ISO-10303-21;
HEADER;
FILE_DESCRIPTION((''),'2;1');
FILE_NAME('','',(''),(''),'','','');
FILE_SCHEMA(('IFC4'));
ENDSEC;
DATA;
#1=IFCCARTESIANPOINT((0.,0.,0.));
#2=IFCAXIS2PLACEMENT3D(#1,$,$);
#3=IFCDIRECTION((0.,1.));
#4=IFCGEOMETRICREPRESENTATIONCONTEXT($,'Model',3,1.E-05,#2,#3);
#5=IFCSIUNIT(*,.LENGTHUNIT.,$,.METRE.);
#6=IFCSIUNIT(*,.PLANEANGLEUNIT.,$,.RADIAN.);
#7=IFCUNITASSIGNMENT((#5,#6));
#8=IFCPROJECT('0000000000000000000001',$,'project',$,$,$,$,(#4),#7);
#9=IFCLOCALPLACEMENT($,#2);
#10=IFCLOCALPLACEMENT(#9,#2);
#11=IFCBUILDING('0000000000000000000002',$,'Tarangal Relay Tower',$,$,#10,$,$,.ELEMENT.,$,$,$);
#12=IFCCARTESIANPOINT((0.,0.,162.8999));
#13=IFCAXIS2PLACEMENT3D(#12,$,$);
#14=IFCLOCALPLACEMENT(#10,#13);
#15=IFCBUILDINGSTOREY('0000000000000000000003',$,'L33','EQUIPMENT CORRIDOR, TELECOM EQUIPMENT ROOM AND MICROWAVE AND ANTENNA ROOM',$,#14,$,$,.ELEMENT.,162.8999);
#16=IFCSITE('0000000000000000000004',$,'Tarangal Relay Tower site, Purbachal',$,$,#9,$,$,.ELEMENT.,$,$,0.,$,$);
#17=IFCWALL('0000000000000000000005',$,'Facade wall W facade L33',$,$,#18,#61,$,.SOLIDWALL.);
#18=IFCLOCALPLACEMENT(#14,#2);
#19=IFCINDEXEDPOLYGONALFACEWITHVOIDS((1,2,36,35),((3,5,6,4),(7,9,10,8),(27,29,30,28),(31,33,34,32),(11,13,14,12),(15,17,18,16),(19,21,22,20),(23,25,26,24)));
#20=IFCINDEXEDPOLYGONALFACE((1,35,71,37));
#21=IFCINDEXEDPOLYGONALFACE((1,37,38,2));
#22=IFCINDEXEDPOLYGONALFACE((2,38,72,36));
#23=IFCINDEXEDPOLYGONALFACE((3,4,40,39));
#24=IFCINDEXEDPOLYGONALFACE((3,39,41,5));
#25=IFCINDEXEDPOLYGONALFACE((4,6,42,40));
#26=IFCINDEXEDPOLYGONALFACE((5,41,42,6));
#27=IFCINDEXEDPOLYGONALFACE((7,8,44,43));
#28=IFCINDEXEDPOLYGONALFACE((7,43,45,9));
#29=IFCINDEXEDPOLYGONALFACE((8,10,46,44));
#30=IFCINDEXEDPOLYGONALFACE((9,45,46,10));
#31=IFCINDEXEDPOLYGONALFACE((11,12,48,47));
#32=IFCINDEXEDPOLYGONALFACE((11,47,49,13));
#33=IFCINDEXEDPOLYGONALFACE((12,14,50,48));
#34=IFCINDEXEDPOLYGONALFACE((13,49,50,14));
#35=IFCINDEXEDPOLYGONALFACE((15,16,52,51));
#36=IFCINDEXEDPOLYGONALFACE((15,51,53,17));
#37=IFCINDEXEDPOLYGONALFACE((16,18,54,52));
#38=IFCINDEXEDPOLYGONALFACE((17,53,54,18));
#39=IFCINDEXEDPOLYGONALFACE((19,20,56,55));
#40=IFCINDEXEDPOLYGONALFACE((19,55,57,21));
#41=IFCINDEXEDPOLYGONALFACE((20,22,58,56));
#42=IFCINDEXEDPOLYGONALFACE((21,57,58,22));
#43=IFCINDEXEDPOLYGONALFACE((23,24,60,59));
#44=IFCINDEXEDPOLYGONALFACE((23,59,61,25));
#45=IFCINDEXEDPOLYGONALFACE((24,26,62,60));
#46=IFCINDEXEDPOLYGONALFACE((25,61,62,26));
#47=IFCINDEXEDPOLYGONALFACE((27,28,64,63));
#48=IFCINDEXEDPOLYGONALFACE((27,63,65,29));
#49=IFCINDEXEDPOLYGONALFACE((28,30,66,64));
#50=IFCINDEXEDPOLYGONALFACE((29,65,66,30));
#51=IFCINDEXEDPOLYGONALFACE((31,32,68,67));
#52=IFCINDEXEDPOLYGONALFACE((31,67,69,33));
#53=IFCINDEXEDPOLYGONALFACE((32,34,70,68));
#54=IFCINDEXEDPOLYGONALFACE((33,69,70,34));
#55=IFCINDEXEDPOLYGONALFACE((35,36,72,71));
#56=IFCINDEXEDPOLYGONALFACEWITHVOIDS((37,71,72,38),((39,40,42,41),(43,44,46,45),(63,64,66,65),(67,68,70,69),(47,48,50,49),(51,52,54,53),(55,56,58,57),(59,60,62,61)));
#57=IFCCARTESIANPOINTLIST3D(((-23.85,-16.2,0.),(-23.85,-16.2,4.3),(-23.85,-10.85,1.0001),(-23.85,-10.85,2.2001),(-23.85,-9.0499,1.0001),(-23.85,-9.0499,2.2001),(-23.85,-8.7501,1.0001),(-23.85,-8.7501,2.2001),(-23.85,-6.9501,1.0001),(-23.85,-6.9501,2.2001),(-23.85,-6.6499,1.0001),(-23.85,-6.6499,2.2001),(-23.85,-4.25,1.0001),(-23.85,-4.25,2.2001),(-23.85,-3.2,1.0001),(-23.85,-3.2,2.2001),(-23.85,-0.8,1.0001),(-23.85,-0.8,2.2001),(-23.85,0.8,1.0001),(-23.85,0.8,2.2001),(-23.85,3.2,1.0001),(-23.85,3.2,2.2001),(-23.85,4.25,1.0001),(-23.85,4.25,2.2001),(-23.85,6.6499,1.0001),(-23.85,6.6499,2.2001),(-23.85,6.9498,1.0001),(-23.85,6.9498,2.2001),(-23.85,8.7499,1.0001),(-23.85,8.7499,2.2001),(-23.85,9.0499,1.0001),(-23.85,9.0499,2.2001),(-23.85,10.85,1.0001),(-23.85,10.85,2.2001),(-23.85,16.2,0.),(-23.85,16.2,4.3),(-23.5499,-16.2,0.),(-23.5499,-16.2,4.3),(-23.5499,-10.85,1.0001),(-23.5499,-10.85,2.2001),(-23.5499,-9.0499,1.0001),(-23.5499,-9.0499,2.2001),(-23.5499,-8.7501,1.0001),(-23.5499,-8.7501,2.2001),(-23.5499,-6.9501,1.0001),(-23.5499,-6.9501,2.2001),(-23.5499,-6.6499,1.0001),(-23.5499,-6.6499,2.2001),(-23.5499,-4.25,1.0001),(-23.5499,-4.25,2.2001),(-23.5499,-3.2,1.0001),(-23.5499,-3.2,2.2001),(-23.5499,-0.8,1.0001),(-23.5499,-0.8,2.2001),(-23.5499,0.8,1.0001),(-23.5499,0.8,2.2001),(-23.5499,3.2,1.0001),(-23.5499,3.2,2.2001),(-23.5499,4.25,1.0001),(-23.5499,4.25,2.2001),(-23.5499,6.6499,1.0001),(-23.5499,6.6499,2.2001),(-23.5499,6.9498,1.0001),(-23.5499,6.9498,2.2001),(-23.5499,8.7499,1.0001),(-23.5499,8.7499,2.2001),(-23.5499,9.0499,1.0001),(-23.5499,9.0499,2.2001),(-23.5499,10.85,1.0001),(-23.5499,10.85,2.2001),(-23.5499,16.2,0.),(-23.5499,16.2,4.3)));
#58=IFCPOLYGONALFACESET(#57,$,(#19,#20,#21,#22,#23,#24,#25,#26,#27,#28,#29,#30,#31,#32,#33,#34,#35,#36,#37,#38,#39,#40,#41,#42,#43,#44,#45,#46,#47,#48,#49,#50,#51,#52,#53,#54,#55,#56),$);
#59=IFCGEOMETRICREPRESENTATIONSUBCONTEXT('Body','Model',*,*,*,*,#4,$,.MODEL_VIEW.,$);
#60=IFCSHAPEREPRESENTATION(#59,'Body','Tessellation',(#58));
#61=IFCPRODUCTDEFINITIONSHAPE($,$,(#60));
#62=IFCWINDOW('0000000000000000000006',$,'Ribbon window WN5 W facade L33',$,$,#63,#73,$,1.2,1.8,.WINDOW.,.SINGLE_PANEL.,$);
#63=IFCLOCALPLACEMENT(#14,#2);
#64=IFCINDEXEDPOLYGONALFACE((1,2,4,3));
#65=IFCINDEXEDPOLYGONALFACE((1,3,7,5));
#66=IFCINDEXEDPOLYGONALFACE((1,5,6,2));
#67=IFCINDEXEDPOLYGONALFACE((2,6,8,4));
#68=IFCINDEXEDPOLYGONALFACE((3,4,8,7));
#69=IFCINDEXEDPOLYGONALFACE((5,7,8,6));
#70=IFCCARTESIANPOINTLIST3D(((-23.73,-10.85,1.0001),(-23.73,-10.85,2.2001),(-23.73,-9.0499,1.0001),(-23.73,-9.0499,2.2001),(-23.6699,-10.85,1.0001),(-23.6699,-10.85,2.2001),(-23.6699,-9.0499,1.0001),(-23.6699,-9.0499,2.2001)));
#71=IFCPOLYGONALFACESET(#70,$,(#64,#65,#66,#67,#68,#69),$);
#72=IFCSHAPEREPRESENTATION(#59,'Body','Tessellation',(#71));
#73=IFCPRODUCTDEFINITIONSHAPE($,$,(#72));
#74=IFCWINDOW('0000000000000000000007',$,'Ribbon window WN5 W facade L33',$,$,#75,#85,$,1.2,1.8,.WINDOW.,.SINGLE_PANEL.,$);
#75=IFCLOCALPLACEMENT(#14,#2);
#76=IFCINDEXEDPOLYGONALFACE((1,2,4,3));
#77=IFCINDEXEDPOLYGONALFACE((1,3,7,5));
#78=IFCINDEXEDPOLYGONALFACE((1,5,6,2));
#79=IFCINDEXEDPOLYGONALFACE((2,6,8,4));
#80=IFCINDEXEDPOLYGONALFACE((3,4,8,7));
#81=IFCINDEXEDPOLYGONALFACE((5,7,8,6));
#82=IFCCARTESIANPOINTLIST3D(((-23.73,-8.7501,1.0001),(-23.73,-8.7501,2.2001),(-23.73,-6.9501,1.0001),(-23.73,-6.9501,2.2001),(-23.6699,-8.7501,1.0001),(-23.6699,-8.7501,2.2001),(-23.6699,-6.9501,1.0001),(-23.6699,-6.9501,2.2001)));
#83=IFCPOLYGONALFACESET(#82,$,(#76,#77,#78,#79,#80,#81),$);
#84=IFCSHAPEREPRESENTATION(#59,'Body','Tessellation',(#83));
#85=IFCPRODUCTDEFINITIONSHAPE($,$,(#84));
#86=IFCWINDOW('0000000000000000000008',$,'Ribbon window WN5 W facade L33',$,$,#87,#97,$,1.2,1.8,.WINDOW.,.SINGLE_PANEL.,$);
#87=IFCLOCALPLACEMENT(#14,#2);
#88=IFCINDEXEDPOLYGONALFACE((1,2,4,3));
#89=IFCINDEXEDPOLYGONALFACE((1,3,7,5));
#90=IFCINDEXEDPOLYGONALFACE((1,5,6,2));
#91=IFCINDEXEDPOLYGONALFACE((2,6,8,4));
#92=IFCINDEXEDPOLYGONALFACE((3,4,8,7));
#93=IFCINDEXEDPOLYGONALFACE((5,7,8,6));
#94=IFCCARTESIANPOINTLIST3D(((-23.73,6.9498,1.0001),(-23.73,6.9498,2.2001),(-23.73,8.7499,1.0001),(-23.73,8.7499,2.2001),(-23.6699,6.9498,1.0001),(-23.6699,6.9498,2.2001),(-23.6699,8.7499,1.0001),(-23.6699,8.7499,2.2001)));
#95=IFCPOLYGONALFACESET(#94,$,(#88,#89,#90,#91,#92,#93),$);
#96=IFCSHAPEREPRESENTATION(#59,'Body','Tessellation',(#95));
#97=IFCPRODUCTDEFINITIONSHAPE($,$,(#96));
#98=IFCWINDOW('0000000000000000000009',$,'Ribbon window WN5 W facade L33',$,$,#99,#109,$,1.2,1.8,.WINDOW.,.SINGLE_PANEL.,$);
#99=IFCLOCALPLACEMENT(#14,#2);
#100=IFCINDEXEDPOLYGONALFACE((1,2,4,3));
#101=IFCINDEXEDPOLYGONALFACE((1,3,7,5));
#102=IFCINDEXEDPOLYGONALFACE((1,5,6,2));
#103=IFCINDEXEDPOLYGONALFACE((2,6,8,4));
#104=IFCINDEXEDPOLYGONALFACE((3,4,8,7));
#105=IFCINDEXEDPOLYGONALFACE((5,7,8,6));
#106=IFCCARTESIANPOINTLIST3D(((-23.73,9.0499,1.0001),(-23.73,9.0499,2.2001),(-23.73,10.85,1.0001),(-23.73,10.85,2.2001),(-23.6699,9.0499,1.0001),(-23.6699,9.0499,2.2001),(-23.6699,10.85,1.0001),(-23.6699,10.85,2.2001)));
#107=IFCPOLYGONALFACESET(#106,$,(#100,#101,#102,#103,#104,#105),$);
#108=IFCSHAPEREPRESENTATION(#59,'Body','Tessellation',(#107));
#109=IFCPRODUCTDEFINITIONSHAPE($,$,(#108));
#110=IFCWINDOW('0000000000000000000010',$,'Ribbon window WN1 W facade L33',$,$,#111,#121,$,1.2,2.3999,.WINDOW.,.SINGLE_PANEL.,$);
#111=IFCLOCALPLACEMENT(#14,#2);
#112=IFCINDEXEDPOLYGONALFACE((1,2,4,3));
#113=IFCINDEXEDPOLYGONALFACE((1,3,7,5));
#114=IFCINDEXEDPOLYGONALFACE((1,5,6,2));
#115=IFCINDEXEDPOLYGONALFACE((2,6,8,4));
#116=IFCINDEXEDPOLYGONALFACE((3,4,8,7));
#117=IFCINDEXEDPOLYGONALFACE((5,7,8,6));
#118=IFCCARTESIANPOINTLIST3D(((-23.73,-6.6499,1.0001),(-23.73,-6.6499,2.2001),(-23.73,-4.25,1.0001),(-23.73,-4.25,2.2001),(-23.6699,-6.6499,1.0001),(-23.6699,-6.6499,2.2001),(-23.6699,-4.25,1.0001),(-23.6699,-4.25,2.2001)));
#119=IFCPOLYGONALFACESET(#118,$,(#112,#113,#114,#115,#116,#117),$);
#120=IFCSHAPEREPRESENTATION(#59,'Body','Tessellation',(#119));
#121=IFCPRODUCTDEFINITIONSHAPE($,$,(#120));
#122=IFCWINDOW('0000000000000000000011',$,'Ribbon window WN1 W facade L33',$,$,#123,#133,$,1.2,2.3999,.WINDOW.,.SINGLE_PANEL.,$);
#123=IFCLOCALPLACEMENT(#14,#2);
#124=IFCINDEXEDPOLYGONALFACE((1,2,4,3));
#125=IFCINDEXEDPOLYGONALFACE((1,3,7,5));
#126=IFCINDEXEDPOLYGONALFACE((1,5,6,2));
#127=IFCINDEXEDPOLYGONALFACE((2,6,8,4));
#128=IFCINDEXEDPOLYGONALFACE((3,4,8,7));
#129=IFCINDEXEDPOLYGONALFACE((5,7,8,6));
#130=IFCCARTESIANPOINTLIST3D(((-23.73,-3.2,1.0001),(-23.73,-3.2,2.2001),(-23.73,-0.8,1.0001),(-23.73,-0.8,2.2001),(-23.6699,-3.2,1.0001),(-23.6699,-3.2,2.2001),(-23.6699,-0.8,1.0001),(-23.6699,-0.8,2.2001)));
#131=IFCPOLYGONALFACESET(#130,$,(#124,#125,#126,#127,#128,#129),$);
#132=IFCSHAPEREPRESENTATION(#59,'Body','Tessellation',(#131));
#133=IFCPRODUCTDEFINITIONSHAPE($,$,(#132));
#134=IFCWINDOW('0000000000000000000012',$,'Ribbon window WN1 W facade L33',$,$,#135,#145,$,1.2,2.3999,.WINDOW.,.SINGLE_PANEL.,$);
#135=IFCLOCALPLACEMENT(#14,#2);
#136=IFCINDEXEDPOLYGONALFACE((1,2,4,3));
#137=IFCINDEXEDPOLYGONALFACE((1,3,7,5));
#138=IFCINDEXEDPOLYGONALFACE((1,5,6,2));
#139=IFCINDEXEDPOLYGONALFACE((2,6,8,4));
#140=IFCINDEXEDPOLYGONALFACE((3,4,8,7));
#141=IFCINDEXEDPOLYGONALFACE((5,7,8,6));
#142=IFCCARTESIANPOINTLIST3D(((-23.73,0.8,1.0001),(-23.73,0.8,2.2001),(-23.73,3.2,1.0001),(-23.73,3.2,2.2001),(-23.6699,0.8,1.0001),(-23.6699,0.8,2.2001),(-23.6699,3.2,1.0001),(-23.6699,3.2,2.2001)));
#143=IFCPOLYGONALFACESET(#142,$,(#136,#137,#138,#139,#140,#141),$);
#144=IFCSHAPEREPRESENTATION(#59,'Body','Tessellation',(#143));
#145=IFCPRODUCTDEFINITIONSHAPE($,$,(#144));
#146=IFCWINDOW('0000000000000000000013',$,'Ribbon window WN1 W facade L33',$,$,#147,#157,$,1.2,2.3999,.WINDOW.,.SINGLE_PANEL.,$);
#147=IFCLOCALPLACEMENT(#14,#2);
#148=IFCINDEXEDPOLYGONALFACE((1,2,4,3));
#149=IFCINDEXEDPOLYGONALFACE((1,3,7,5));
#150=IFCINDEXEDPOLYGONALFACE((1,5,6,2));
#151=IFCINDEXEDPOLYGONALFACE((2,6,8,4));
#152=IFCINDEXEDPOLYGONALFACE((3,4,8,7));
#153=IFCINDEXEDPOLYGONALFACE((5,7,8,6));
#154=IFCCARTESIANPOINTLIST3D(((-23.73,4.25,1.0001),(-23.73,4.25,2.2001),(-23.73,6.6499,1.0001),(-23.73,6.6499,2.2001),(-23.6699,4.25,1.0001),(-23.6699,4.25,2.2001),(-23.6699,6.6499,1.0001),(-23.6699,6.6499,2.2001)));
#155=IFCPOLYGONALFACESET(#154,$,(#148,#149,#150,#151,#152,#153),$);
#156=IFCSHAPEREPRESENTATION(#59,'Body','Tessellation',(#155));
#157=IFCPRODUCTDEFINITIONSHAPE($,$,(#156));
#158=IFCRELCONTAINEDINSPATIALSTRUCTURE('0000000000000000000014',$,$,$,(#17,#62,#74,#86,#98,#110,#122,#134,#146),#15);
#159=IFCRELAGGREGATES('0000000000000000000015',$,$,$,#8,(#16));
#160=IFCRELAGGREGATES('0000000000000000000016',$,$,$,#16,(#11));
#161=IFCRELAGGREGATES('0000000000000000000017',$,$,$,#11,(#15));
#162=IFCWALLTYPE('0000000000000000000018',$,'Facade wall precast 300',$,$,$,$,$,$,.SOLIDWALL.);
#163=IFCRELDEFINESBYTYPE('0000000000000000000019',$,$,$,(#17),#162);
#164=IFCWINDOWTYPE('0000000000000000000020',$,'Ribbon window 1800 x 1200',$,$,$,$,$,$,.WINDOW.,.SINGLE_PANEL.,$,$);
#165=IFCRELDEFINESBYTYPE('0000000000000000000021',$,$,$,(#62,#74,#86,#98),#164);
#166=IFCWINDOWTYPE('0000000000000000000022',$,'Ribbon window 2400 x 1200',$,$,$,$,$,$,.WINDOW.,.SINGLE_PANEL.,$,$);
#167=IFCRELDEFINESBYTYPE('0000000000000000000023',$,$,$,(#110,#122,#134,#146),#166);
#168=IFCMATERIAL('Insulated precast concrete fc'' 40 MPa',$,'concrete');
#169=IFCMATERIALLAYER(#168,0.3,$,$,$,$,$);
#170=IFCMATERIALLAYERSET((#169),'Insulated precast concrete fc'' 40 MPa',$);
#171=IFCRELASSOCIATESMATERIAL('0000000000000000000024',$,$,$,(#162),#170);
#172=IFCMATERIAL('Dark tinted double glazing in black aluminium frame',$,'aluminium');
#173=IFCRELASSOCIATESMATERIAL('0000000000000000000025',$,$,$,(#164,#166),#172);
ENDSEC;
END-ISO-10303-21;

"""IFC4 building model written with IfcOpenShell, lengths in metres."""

from ifc_helpers import new_model, si_unit, direction, frame, frame_2d, origin, place, context, subcontext, project, spatial, rectangle, extrude, material, layer, layer_set, type_object, element, fill, save


model = new_model("IFC4")

# Units and contexts
model_context = context("Model", 3, precision=1e-05, world=origin(), true_north=direction((0.0, 1.0)))
body_context = subcontext(model_context, "Body", "Model", "MODEL_VIEW")
ifc_project = project(units=[si_unit("LENGTHUNIT", "METRE"), si_unit("PLANEANGLEUNIT", "RADIAN")], contexts=[model_context])

# Site, building, storey
site_placement = place(None, origin())
site = spatial("IfcSite", under=ifc_project, at=site_placement, Name="Tarangal Relay Tower site, Purbachal", CompositionType="ELEMENT", RefElevation=0.0)
building_placement = place(site_placement, origin())
building = spatial("IfcBuilding", under=site, at=building_placement, Name="Tarangal Relay Tower", CompositionType="ELEMENT")
storey_placement = place(building_placement, frame((0.0, 0.0, 162.8999)))
storey = spatial("IfcBuildingStorey", under=building, at=storey_placement, Name="L33", Description="EQUIPMENT CORRIDOR, TELECOM EQUIPMENT ROOM AND MICROWAVE AND ANTENNA ROOM", CompositionType="ELEMENT", Elevation=162.8999)

# Shared definitions
ifc_material_1 = material(Name="Insulated precast concrete fc' 40 MPa", Category="concrete")
ifc_layer = layer(ifc_material_1, 0.3)
ifc_layer_set = layer_set([ifc_layer], Name="Insulated precast concrete fc' 40 MPa")
wall_type = type_object("IfcWallType", Name="Facade wall precast 300", PredefinedType="SOLIDWALL", material=ifc_layer_set)

# Wall, openings, windows
wall_placement = place(storey_placement, frame((-23.7, -16.2, 0.0), z_axis=(0.0, 0.0, 1.0), x_axis=(0.0, 1.0, 0.0)))
wall = element("IfcWall", 1, at=wall_placement, inside=storey, type_object=wall_type, Name="Facade wall W facade L33", PredefinedType="SOLIDWALL", context=body_context, shape_type="SweptSolid", body=[
    extrude(rectangle(XDim=32.3999, YDim=0.3, at=frame_2d((16.2, 0.0))), origin(), (0.0, 0.0, 1.0), 4.3),
])
opening_1_placement = place(wall_placement, frame((5.3501, 0.0, 1.0)))
opening_1 = element("IfcOpeningElement", 2, at=opening_1_placement, cuts=wall, PredefinedType="OPENING", context=body_context, shape_type="SweptSolid", body=[
    extrude(rectangle(XDim=1.8, YDim=1.2, at=frame_2d((0.8999, 0.6001))), frame((0.0, 0.1599, 0.0), z_axis=(0.0, -1.0, 0.0), x_axis=(1.0, 0.0, 0.0)), (0.0, 0.0, 1.0), 0.3201),
])
opening_2_placement = place(wall_placement, frame((7.45, 0.0, 1.0)))
opening_2 = element("IfcOpeningElement", 3, at=opening_2_placement, cuts=wall, PredefinedType="OPENING", context=body_context, shape_type="SweptSolid", body=[
    extrude(rectangle(XDim=1.8, YDim=1.2, at=frame_2d((0.8999, 0.6001))), frame((0.0, 0.1599, 0.0), z_axis=(0.0, -1.0, 0.0), x_axis=(1.0, 0.0, 0.0)), (0.0, 0.0, 1.0), 0.3201),
])
opening_3_placement = place(wall_placement, frame((9.55, 0.0, 1.0)))
opening_3 = element("IfcOpeningElement", 4, at=opening_3_placement, cuts=wall, PredefinedType="OPENING", context=body_context, shape_type="SweptSolid", body=[
    extrude(rectangle(XDim=2.3999, YDim=1.2, at=frame_2d((1.2, 0.6001))), frame((0.0, 0.1599, 0.0), z_axis=(0.0, -1.0, 0.0), x_axis=(1.0, 0.0, 0.0)), (0.0, 0.0, 1.0), 0.3201),
])
opening_4_placement = place(wall_placement, frame((13.0, 0.0, 1.0)))
opening_4 = element("IfcOpeningElement", 5, at=opening_4_placement, cuts=wall, PredefinedType="OPENING", context=body_context, shape_type="SweptSolid", body=[
    extrude(rectangle(XDim=2.3999, YDim=1.2, at=frame_2d((1.2, 0.6001))), frame((0.0, 0.1599, 0.0), z_axis=(0.0, -1.0, 0.0), x_axis=(1.0, 0.0, 0.0)), (0.0, 0.0, 1.0), 0.3201),
])
opening_5_placement = place(wall_placement, frame((17.0, 0.0, 1.0)))
opening_5 = element("IfcOpeningElement", 6, at=opening_5_placement, cuts=wall, PredefinedType="OPENING", context=body_context, shape_type="SweptSolid", body=[
    extrude(rectangle(XDim=2.3999, YDim=1.2, at=frame_2d((1.2, 0.6001))), frame((0.0, 0.1599, 0.0), z_axis=(0.0, -1.0, 0.0), x_axis=(1.0, 0.0, 0.0)), (0.0, 0.0, 1.0), 0.3201),
])
opening_6_placement = place(wall_placement, frame((20.45, 0.0, 1.0)))
opening_6 = element("IfcOpeningElement", 7, at=opening_6_placement, cuts=wall, PredefinedType="OPENING", context=body_context, shape_type="SweptSolid", body=[
    extrude(rectangle(XDim=2.3999, YDim=1.2, at=frame_2d((1.2, 0.6001))), frame((0.0, 0.1599, 0.0), z_axis=(0.0, -1.0, 0.0), x_axis=(1.0, 0.0, 0.0)), (0.0, 0.0, 1.0), 0.3201),
])
opening_7_placement = place(wall_placement, frame((23.1499, 0.0, 1.0)))
opening_7 = element("IfcOpeningElement", 8, at=opening_7_placement, cuts=wall, PredefinedType="OPENING", context=body_context, shape_type="SweptSolid", body=[
    extrude(rectangle(XDim=1.8, YDim=1.2, at=frame_2d((0.8999, 0.6001))), frame((0.0, 0.1599, 0.0), z_axis=(0.0, -1.0, 0.0), x_axis=(1.0, 0.0, 0.0)), (0.0, 0.0, 1.0), 0.3201),
])
opening_8_placement = place(wall_placement, frame((25.25, 0.0, 1.0)))
opening_8 = element("IfcOpeningElement", 9, at=opening_8_placement, cuts=wall, PredefinedType="OPENING", context=body_context, shape_type="SweptSolid", body=[
    extrude(rectangle(XDim=1.8, YDim=1.2, at=frame_2d((0.8999, 0.6001))), frame((0.0, 0.1599, 0.0), z_axis=(0.0, -1.0, 0.0), x_axis=(1.0, 0.0, 0.0)), (0.0, 0.0, 1.0), 0.3201),
])
ifc_material_2 = material(Name="Dark tinted double glazing in black aluminium frame", Category="aluminium")
window_type_1 = type_object("IfcWindowType", Name="Ribbon window 1800 x 1200", PartitioningType="SINGLE_PANEL", PredefinedType="WINDOW", material=ifc_material_2)
window_1_placement = place(opening_1_placement, origin())
window_1 = element("IfcWindow", 10, at=window_1_placement, inside=storey, type_object=window_type_1, Name="Ribbon window WN5 W facade L33", OverallHeight=1.2, OverallWidth=1.8, PartitioningType="SINGLE_PANEL", PredefinedType="WINDOW", context=body_context, shape_type="SweptSolid", body=[
    extrude(rectangle(XDim=1.8, YDim=1.2, at=frame_2d((0.8999, 0.6001))), frame((0.0, 0.03, 0.0), z_axis=(0.0, -1.0, 0.0), x_axis=(1.0, 0.0, 0.0)), (0.0, 0.0, 1.0), 0.0601),
])
fill(opening_1, window_1)
window_2_placement = place(opening_2_placement, origin())
window_2 = element("IfcWindow", 11, at=window_2_placement, inside=storey, type_object=window_type_1, Name="Ribbon window WN5 W facade L33", OverallHeight=1.2, OverallWidth=1.8, PartitioningType="SINGLE_PANEL", PredefinedType="WINDOW", context=body_context, shape_type="SweptSolid", body=[
    extrude(rectangle(XDim=1.8, YDim=1.2, at=frame_2d((0.8999, 0.6001))), frame((0.0, 0.03, 0.0), z_axis=(0.0, -1.0, 0.0), x_axis=(1.0, 0.0, 0.0)), (0.0, 0.0, 1.0), 0.0601),
])
fill(opening_2, window_2)
window_3_placement = place(opening_7_placement, origin())
window_3 = element("IfcWindow", 12, at=window_3_placement, inside=storey, type_object=window_type_1, Name="Ribbon window WN5 W facade L33", OverallHeight=1.2, OverallWidth=1.8, PartitioningType="SINGLE_PANEL", PredefinedType="WINDOW", context=body_context, shape_type="SweptSolid", body=[
    extrude(rectangle(XDim=1.8, YDim=1.2, at=frame_2d((0.8999, 0.6001))), frame((0.0, 0.03, 0.0), z_axis=(0.0, -1.0, 0.0), x_axis=(1.0, 0.0, 0.0)), (0.0, 0.0, 1.0), 0.0601),
])
fill(opening_7, window_3)
window_4_placement = place(opening_8_placement, origin())
window_4 = element("IfcWindow", 13, at=window_4_placement, inside=storey, type_object=window_type_1, Name="Ribbon window WN5 W facade L33", OverallHeight=1.2, OverallWidth=1.8, PartitioningType="SINGLE_PANEL", PredefinedType="WINDOW", context=body_context, shape_type="SweptSolid", body=[
    extrude(rectangle(XDim=1.8, YDim=1.2, at=frame_2d((0.8999, 0.6001))), frame((0.0, 0.03, 0.0), z_axis=(0.0, -1.0, 0.0), x_axis=(1.0, 0.0, 0.0)), (0.0, 0.0, 1.0), 0.0601),
])
fill(opening_8, window_4)
window_type_2 = type_object("IfcWindowType", Name="Ribbon window 2400 x 1200", PartitioningType="SINGLE_PANEL", PredefinedType="WINDOW", material=ifc_material_2)
window_5_placement = place(opening_3_placement, origin())
window_5 = element("IfcWindow", 14, at=window_5_placement, inside=storey, type_object=window_type_2, Name="Ribbon window WN1 W facade L33", OverallHeight=1.2, OverallWidth=2.3999, PartitioningType="SINGLE_PANEL", PredefinedType="WINDOW", context=body_context, shape_type="SweptSolid", body=[
    extrude(rectangle(XDim=2.3999, YDim=1.2, at=frame_2d((1.2, 0.6001))), frame((0.0, 0.03, 0.0), z_axis=(0.0, -1.0, 0.0), x_axis=(1.0, 0.0, 0.0)), (0.0, 0.0, 1.0), 0.0601),
])
fill(opening_3, window_5)
window_6_placement = place(opening_4_placement, origin())
window_6 = element("IfcWindow", 15, at=window_6_placement, inside=storey, type_object=window_type_2, Name="Ribbon window WN1 W facade L33", OverallHeight=1.2, OverallWidth=2.3999, PartitioningType="SINGLE_PANEL", PredefinedType="WINDOW", context=body_context, shape_type="SweptSolid", body=[
    extrude(rectangle(XDim=2.3999, YDim=1.2, at=frame_2d((1.2, 0.6001))), frame((0.0, 0.03, 0.0), z_axis=(0.0, -1.0, 0.0), x_axis=(1.0, 0.0, 0.0)), (0.0, 0.0, 1.0), 0.0601),
])
fill(opening_4, window_6)
window_7_placement = place(opening_5_placement, origin())
window_7 = element("IfcWindow", 16, at=window_7_placement, inside=storey, type_object=window_type_2, Name="Ribbon window WN1 W facade L33", OverallHeight=1.2, OverallWidth=2.3999, PartitioningType="SINGLE_PANEL", PredefinedType="WINDOW", context=body_context, shape_type="SweptSolid", body=[
    extrude(rectangle(XDim=2.3999, YDim=1.2, at=frame_2d((1.2, 0.6001))), frame((0.0, 0.03, 0.0), z_axis=(0.0, -1.0, 0.0), x_axis=(1.0, 0.0, 0.0)), (0.0, 0.0, 1.0), 0.0601),
])
fill(opening_5, window_7)
window_8_placement = place(opening_6_placement, origin())
window_8 = element("IfcWindow", 17, at=window_8_placement, inside=storey, type_object=window_type_2, Name="Ribbon window WN1 W facade L33", OverallHeight=1.2, OverallWidth=2.3999, PartitioningType="SINGLE_PANEL", PredefinedType="WINDOW", context=body_context, shape_type="SweptSolid", body=[
    extrude(rectangle(XDim=2.3999, YDim=1.2, at=frame_2d((1.2, 0.6001))), frame((0.0, 0.03, 0.0), z_axis=(0.0, -1.0, 0.0), x_axis=(1.0, 0.0, 0.0)), (0.0, 0.0, 1.0), 0.0601),
])
fill(opening_6, window_8)

save(model, "model.ifc")
